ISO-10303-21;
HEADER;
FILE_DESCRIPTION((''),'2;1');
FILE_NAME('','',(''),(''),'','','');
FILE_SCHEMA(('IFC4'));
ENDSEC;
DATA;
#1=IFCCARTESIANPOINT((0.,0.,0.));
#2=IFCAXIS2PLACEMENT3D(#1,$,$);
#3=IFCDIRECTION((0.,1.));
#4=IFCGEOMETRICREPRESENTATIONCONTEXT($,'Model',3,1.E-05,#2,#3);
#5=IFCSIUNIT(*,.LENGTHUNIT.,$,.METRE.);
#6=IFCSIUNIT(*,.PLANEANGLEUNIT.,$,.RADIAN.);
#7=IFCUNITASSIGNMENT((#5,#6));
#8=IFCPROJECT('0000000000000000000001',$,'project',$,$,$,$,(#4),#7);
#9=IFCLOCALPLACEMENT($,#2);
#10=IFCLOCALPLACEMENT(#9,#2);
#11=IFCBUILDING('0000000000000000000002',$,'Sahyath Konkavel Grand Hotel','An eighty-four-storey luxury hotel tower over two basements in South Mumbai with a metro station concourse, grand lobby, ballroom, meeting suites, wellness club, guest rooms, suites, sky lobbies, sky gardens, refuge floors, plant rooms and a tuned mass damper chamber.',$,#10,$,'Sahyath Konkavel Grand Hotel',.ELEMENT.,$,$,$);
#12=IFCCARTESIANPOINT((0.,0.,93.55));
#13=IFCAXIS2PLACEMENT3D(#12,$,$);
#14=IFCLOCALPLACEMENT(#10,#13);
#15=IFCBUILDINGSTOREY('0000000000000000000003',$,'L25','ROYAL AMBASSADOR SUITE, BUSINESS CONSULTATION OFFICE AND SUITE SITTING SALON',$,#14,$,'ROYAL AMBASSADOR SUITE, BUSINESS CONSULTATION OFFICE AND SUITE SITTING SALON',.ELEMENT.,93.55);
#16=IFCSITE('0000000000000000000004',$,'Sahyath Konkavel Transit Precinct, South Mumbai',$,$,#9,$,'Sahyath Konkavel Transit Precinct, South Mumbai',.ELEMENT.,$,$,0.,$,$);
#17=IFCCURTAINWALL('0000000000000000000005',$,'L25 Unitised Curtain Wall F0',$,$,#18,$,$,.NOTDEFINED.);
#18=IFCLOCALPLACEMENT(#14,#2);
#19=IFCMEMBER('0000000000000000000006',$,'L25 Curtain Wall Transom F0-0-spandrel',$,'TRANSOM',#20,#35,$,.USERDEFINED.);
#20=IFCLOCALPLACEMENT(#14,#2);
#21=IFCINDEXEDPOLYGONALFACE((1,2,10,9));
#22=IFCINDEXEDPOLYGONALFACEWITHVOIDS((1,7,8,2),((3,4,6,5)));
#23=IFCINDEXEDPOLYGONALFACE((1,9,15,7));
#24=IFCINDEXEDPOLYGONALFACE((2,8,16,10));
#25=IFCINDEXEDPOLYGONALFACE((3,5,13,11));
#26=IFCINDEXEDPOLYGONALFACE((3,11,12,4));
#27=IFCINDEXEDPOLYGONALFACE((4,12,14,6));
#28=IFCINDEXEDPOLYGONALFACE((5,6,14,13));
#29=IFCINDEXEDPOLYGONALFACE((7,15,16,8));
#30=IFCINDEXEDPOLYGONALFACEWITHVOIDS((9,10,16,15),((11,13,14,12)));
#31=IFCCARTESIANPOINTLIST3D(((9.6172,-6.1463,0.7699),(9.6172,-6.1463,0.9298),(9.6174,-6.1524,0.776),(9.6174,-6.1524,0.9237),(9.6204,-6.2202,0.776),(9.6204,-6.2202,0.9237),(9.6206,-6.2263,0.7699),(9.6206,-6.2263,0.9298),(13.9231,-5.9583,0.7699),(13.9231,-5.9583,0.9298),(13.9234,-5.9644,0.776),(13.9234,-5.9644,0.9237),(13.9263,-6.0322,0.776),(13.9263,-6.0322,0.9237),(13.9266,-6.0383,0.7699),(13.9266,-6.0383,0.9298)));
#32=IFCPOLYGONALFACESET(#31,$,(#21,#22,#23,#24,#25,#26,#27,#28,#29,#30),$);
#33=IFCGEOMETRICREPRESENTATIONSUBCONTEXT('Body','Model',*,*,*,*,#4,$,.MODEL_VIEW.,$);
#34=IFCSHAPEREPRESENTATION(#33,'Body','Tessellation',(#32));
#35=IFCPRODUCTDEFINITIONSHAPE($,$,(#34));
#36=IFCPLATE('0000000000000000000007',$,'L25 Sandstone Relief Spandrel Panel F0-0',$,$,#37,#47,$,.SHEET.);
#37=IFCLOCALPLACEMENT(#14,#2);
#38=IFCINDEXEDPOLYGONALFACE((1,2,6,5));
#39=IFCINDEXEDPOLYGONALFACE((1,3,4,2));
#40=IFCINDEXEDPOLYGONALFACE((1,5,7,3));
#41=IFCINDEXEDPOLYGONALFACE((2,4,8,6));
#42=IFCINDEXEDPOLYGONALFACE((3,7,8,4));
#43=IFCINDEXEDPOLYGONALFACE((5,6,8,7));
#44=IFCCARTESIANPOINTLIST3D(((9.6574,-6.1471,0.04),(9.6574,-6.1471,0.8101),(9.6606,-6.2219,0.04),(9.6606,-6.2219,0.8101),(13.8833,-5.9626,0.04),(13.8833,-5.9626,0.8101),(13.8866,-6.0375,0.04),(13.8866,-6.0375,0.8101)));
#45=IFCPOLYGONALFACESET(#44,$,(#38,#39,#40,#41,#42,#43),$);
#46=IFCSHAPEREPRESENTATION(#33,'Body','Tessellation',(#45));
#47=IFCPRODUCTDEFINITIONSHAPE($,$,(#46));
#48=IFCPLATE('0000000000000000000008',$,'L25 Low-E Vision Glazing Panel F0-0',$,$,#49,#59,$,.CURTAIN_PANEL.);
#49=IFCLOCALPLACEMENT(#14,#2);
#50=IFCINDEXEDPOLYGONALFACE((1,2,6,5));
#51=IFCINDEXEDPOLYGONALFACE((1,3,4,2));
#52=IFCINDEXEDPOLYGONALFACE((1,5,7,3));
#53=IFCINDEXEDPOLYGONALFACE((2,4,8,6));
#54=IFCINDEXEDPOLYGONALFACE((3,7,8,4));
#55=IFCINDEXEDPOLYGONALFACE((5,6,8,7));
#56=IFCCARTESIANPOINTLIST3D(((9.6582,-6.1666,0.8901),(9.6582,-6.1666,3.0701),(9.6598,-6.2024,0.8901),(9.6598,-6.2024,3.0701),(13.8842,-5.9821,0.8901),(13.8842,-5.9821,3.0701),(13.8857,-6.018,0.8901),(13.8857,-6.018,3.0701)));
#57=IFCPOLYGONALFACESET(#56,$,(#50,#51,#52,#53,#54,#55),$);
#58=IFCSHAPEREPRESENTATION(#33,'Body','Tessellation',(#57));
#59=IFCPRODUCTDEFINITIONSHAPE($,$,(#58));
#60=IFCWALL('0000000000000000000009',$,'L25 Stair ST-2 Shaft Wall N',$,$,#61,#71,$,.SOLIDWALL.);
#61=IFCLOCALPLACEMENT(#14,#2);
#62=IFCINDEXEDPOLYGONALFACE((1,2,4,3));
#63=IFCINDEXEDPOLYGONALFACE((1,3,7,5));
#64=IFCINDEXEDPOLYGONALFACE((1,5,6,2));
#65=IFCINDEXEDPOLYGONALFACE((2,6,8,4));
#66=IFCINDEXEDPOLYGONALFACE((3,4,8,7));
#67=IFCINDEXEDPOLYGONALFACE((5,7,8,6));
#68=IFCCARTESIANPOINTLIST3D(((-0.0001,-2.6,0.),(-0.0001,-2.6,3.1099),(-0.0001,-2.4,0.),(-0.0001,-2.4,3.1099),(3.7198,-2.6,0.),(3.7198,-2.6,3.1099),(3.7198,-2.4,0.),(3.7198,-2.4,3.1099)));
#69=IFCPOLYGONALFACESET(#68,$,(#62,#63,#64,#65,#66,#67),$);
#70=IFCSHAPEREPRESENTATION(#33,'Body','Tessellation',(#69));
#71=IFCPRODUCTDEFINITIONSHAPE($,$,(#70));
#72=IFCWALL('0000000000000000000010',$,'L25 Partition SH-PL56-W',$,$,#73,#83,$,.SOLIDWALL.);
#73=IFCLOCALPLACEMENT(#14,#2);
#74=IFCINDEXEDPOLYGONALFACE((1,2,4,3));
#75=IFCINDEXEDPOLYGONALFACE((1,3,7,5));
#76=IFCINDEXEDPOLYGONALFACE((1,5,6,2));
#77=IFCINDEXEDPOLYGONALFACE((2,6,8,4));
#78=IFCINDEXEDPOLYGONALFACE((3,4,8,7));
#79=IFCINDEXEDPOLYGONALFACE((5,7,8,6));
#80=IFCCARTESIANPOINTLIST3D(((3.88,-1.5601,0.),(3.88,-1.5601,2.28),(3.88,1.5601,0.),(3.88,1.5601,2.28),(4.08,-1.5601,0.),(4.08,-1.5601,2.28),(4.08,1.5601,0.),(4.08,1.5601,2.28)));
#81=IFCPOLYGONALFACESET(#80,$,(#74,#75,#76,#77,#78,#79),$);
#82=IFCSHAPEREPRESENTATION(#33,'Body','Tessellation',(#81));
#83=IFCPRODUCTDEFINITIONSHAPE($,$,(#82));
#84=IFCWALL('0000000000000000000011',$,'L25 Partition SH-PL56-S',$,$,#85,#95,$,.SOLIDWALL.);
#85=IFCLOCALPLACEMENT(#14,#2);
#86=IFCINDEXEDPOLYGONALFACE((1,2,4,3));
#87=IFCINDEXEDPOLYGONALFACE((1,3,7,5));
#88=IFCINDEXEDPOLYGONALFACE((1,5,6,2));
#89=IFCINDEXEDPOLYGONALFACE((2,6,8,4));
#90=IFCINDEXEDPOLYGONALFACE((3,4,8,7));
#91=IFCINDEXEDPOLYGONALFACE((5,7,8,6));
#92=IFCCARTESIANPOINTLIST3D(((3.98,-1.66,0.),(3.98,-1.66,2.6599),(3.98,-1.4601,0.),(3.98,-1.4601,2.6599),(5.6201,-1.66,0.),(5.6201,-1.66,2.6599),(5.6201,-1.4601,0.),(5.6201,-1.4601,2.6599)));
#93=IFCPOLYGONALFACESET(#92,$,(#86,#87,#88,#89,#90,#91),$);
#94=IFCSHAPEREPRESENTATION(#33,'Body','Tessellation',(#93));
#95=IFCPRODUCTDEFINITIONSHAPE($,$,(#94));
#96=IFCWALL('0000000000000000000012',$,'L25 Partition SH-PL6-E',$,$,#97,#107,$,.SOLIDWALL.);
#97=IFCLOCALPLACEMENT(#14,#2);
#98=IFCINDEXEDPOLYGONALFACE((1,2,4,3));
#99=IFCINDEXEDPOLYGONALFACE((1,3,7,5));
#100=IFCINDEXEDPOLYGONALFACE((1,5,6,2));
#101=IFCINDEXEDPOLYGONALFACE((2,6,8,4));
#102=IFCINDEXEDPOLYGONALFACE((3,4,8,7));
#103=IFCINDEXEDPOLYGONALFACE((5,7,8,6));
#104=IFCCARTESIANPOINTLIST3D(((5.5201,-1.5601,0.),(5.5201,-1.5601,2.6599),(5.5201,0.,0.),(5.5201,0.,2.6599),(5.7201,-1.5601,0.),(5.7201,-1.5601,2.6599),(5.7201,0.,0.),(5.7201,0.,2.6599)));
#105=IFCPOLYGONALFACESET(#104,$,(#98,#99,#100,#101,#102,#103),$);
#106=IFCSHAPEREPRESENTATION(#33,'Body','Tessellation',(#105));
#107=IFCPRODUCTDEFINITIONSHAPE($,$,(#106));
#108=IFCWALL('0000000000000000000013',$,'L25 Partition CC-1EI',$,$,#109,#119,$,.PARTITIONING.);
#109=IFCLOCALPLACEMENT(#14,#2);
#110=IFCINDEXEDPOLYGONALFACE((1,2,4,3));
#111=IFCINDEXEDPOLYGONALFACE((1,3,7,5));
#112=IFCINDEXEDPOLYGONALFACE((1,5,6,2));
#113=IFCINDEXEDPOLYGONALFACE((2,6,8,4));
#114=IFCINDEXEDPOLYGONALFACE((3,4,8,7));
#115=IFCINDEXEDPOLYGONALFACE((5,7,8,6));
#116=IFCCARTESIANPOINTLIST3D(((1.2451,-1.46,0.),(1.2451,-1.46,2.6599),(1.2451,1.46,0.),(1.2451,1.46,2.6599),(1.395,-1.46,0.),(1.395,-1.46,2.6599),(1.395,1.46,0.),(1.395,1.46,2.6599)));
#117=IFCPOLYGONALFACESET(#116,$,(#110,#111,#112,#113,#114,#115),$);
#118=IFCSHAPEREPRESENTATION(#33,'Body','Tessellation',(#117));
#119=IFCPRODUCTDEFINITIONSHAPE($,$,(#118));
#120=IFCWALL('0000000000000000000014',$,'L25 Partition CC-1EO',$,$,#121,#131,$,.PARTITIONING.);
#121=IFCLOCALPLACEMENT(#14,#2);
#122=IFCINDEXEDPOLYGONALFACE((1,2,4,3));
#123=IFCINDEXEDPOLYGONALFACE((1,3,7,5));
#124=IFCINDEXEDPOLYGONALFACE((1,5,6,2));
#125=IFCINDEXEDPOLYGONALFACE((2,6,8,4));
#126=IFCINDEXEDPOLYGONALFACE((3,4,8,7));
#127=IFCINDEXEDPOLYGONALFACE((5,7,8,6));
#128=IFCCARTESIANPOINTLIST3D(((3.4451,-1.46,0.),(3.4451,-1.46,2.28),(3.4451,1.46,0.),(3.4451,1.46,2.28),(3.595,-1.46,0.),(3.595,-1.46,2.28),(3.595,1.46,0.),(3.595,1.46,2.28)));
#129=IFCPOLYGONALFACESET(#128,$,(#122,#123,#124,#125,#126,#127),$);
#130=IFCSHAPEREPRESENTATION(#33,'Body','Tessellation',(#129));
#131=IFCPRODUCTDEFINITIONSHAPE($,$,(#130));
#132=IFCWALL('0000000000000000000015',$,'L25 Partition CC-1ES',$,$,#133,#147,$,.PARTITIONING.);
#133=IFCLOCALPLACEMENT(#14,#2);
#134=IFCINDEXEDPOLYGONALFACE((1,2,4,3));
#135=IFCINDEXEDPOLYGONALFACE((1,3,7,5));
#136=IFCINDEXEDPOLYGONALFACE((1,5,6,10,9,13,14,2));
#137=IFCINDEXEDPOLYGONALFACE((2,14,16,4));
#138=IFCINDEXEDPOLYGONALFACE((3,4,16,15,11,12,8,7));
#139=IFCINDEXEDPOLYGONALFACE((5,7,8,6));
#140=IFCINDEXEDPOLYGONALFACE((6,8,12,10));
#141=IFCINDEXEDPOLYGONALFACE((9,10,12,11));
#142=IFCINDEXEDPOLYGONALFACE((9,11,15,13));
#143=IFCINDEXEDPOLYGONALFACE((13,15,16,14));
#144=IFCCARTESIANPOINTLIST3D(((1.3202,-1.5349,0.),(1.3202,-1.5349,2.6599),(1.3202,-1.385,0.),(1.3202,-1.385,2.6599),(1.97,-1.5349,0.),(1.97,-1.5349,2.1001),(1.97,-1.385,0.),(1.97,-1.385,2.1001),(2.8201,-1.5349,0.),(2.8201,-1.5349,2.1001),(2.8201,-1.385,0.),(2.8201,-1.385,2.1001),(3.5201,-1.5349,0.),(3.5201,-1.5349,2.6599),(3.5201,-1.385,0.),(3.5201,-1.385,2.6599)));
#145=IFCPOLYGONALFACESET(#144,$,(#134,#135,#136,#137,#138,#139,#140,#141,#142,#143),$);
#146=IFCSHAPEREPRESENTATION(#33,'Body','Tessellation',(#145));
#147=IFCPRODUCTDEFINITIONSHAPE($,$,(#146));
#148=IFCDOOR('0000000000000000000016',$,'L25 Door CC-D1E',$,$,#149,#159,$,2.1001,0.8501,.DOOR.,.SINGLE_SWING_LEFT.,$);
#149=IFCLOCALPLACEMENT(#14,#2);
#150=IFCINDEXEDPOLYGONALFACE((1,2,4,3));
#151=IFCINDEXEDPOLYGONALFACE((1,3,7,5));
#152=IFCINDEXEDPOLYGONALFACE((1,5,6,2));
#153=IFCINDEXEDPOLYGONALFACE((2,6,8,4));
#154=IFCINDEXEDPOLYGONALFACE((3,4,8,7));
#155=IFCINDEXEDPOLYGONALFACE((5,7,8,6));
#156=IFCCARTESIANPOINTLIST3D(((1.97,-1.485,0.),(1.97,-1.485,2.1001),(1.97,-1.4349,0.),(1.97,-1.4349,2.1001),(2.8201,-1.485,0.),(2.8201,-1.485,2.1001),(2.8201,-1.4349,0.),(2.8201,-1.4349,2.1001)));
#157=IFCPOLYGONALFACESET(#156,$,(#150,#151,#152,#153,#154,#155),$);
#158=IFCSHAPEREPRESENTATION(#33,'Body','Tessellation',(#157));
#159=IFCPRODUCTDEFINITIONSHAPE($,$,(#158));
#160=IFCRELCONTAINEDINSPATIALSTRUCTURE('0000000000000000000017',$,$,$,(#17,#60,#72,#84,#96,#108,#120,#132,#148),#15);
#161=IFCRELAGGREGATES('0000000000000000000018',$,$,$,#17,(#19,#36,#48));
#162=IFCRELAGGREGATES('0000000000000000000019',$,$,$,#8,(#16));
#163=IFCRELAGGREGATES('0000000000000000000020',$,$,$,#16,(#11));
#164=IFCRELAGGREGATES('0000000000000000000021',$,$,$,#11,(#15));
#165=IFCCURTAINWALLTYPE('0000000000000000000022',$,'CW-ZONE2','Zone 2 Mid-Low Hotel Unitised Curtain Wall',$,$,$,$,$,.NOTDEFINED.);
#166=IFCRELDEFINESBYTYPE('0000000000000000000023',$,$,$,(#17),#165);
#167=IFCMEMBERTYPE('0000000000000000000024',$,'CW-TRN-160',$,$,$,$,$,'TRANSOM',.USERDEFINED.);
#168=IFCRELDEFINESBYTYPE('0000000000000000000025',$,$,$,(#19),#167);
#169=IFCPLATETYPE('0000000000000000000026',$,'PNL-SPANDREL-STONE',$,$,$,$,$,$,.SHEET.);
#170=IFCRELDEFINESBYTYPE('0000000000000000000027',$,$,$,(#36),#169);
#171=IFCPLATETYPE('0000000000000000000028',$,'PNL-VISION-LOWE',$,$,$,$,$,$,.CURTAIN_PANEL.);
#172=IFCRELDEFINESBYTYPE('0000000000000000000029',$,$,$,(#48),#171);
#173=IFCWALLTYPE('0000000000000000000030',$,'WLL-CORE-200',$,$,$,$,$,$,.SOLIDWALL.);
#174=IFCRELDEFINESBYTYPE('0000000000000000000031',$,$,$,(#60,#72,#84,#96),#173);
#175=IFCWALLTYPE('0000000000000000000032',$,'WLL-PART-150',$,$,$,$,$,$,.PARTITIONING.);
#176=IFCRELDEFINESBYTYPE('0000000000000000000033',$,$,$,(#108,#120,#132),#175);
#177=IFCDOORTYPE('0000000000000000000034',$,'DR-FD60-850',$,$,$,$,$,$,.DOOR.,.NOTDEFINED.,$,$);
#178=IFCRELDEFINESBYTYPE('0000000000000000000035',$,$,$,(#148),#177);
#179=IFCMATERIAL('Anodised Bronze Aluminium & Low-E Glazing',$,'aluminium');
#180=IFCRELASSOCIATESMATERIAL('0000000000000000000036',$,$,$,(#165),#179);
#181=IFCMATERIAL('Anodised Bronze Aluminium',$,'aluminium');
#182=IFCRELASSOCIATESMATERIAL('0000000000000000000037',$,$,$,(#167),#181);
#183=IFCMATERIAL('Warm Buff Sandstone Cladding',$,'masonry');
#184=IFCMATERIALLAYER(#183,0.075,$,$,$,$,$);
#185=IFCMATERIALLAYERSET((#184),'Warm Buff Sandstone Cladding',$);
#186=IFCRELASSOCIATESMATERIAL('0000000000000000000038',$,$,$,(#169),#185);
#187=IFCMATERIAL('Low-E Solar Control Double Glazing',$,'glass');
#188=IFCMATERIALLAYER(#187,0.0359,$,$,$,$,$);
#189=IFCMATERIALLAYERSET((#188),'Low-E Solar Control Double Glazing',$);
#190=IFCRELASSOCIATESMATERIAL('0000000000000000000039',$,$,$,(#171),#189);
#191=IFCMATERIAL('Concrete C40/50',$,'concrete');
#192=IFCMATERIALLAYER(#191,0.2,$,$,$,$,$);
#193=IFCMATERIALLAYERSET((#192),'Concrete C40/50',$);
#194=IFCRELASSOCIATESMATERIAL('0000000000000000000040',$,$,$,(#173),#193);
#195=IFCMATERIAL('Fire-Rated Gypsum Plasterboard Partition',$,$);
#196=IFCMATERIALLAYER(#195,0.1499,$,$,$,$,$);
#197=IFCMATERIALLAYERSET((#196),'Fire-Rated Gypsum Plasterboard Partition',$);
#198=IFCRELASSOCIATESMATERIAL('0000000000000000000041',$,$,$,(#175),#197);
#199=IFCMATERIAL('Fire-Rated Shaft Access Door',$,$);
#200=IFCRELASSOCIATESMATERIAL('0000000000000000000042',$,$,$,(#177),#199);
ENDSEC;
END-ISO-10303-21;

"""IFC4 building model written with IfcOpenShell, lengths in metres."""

from ifc_helpers import new_model, si_unit, direction, frame, frame_2d, origin, origin_2d, place, context, subcontext, project, spatial, rectangle, hollow_rectangle, extrude, source, transform, mapped, material, layer, layer_set, material_profile, profile_set, type_object, element, fill, aggregate, save


model = new_model("IFC4")

# Units and contexts
model_context = context("Model", 3, precision=1e-05, world=origin(), true_north=direction((0.0, 1.0)))
body_context = subcontext(model_context, "Body", "Model", "MODEL_VIEW")
ifc_project = project(units=[si_unit("LENGTHUNIT", "METRE"), si_unit("PLANEANGLEUNIT", "RADIAN")], contexts=[model_context])

# Site, building, storey
site_placement = place(None, origin())
site = spatial("IfcSite", under=ifc_project, at=site_placement, Name="Sahyath Konkavel Transit Precinct, South Mumbai", LongName="Sahyath Konkavel Transit Precinct, South Mumbai", CompositionType="ELEMENT", RefElevation=0.0)
building_placement = place(site_placement, origin())
building = spatial("IfcBuilding", under=site, at=building_placement, Name="Sahyath Konkavel Grand Hotel", Description="An eighty-four-storey luxury hotel tower over two basements in South Mumbai with a metro station concourse, grand lobby, ballroom, meeting suites, wellness club, guest rooms, suites, sky lobbies, sky gardens, refuge floors, plant rooms and a tuned mass damper chamber.", LongName="Sahyath Konkavel Grand Hotel", CompositionType="ELEMENT")
storey_placement = place(building_placement, frame((0.0, 0.0, 93.55)))
storey = spatial("IfcBuildingStorey", under=building, at=storey_placement, Name="L25", Description="ROYAL AMBASSADOR SUITE, BUSINESS CONSULTATION OFFICE AND SUITE SITTING SALON", LongName="ROYAL AMBASSADOR SUITE, BUSINESS CONSULTATION OFFICE AND SUITE SITTING SALON", CompositionType="ELEMENT", Elevation=93.55)

# Curtain wall, member, plates
ifc_material_1 = material(Name="Anodised Bronze Aluminium & Low-E Glazing", Category="aluminium")
curtain_wall_type = type_object("IfcCurtainWallType", Name="CW-ZONE2", Description="Zone 2 Mid-Low Hotel Unitised Curtain Wall", PredefinedType="NOTDEFINED", material=ifc_material_1)
curtain_wall_placement = place(storey_placement, origin())
curtain_wall = element("IfcCurtainWall", 1, at=curtain_wall_placement, inside=storey, type_object=curtain_wall_type, Name="L25 Unitised Curtain Wall F0", PredefinedType="NOTDEFINED")
ifc_material_2 = material(Name="Anodised Bronze Aluminium", Category="aluminium")
ifc_material_profile_1 = material_profile(ifc_material_2, hollow_rectangle(XDim=0.0801, YDim=0.1599, WallThickness=0.0061, at=origin_2d()), Name="RHS 160x80x6")
ifc_profile_set_1 = profile_set([ifc_material_profile_1], Name="Anodised Bronze Aluminium")
member_type_1 = type_object("IfcMemberType", Name="CW-TRN-160", ElementType="TRANSOM", PredefinedType="USERDEFINED", material=ifc_profile_set_1)
shared_shape_1 = source(origin(), body_context, "Body", "SweptSolid", [
    extrude(hollow_rectangle(XDim=0.0801, YDim=0.1599, WallThickness=0.0061, at=origin_2d()), origin(), (0.0, 0.0, 1.0), 4.3101),
])
member_1_placement = place(storey_placement, frame((9.6189, -6.1863, 0.8499), z_axis=(0.999048, 0.043617, 0.0), x_axis=(-0.043617, 0.999048, 0.0)))
member_1 = element("IfcMember", 2, at=member_1_placement, type_object=member_type_1, Name="L25 Curtain Wall Transom F0-0-spandrel", ObjectType="TRANSOM", PredefinedType="USERDEFINED", context=body_context, shape_type="MappedRepresentation", body=[
    mapped(shared_shape_1, transform((0.0, 0.0, 0.0), scale=1.0)),
])
ifc_material_3 = material(Name="Warm Buff Sandstone Cladding", Category="masonry")
ifc_layer_1 = layer(ifc_material_3, 0.075)
ifc_layer_set_1 = layer_set([ifc_layer_1], Name="Warm Buff Sandstone Cladding")
plate_type_1 = type_object("IfcPlateType", Name="PNL-SPANDREL-STONE", PredefinedType="SHEET", material=ifc_layer_set_1)
shared_shape_2 = source(origin(), body_context, "Body", "SweptSolid", [
    extrude(rectangle(XDim=4.23, YDim=0.075, at=origin_2d()), origin(), (0.0, 0.0, 1.0), 0.77),
])
plate_1_placement = place(storey_placement, frame((11.772, -6.0923, 0.04), z_axis=(0.0, 0.0, 1.0), x_axis=(0.999049, 0.043602, 0.0)))
plate_1 = element("IfcPlate", 3, at=plate_1_placement, type_object=plate_type_1, Name="L25 Sandstone Relief Spandrel Panel F0-0", PredefinedType="SHEET", context=body_context, shape_type="MappedRepresentation", body=[
    mapped(shared_shape_2, transform((0.0, 0.0, 0.0), scale=1.0)),
])
ifc_material_4 = material(Name="Low-E Solar Control Double Glazing", Category="glass")
ifc_layer_2 = layer(ifc_material_4, 0.0359)
ifc_layer_set_2 = layer_set([ifc_layer_2], Name="Low-E Solar Control Double Glazing")
plate_type_2 = type_object("IfcPlateType", Name="PNL-VISION-LOWE", PredefinedType="CURTAIN_PANEL", material=ifc_layer_set_2)
shared_shape_3 = source(origin(), body_context, "Body", "SweptSolid", [
    extrude(rectangle(XDim=4.23, YDim=0.0359, at=origin_2d()), origin(), (0.0, 0.0, 1.0), 2.1799),
])
plate_2_placement = place(storey_placement, frame((11.772, -6.0923, 0.8901), z_axis=(0.0, 0.0, 1.0), x_axis=(0.999049, 0.043602, 0.0)))
plate_2 = element("IfcPlate", 4, at=plate_2_placement, type_object=plate_type_2, Name="L25 Low-E Vision Glazing Panel F0-0", PredefinedType="CURTAIN_PANEL", context=body_context, shape_type="MappedRepresentation", body=[
    mapped(shared_shape_3, transform((0.0, 0.0, 0.0), scale=1.0)),
])
aggregate(curtain_wall, [member_1, plate_1, plate_2])

# Walls
ifc_material_5 = material(Name="Concrete C40/50", Category="concrete")
ifc_layer_3 = layer(ifc_material_5, 0.2)
ifc_layer_set_3 = layer_set([ifc_layer_3], Name="Concrete C40/50")
wall_type_1 = type_object("IfcWallType", Name="WLL-CORE-200", PredefinedType="SOLIDWALL", material=ifc_layer_set_3)
wall_1_placement = place(storey_placement, frame((0.0, -2.5, 0.0), z_axis=(0.0, 0.0, 1.0), x_axis=(1.0, 0.0, 0.0)))
element("IfcWall", 5, at=wall_1_placement, inside=storey, type_object=wall_type_1, Name="L25 Stair ST-2 Shaft Wall N", PredefinedType="SOLIDWALL", context=body_context, shape_type="SweptSolid", body=[
    extrude(rectangle(XDim=3.72, YDim=0.2, at=frame_2d((1.8599, 0.0))), origin(), (0.0, 0.0, 1.0), 3.1099),
])
wall_2_placement = place(storey_placement, frame((3.98, -1.5601, 0.0), z_axis=(0.0, 0.0, 1.0), x_axis=(0.0, 1.0, 0.0)))
element("IfcWall", 6, at=wall_2_placement, inside=storey, type_object=wall_type_1, Name="L25 Partition SH-PL56-W", PredefinedType="SOLIDWALL", context=body_context, shape_type="SweptSolid", body=[
    extrude(rectangle(XDim=3.1201, YDim=0.2, at=frame_2d((1.5601, 0.0))), origin(), (0.0, 0.0, 1.0), 2.28),
])
wall_3_placement = place(storey_placement, frame((3.98, -1.5601, 0.0), z_axis=(0.0, 0.0, 1.0), x_axis=(1.0, 0.0, 0.0)))
element("IfcWall", 7, at=wall_3_placement, inside=storey, type_object=wall_type_1, Name="L25 Partition SH-PL56-S", PredefinedType="SOLIDWALL", context=body_context, shape_type="SweptSolid", body=[
    extrude(rectangle(XDim=1.6401, YDim=0.2, at=frame_2d((0.8201, 0.0))), origin(), (0.0, 0.0, 1.0), 2.6599),
])
wall_4_placement = place(storey_placement, frame((5.6201, -1.5601, 0.0), z_axis=(0.0, 0.0, 1.0), x_axis=(0.0, 1.0, 0.0)))
element("IfcWall", 8, at=wall_4_placement, inside=storey, type_object=wall_type_1, Name="L25 Partition SH-PL6-E", PredefinedType="SOLIDWALL", context=body_context, shape_type="SweptSolid", body=[
    extrude(rectangle(XDim=1.5601, YDim=0.2, at=frame_2d((0.78, 0.0))), origin(), (0.0, 0.0, 1.0), 2.6599),
])
ifc_material_6 = material(Name="Fire-Rated Gypsum Plasterboard Partition")
ifc_layer_4 = layer(ifc_material_6, 0.1499)
ifc_layer_set_4 = layer_set([ifc_layer_4], Name="Fire-Rated Gypsum Plasterboard Partition")
wall_type_2 = type_object("IfcWallType", Name="WLL-PART-150", PredefinedType="PARTITIONING", material=ifc_layer_set_4)
wall_5_placement = place(storey_placement, frame((1.3201, -1.46, 0.0), z_axis=(0.0, 0.0, 1.0), x_axis=(0.0, 1.0, 0.0)))
element("IfcWall", 9, at=wall_5_placement, inside=storey, type_object=wall_type_2, Name="L25 Partition CC-1EI", PredefinedType="PARTITIONING", context=body_context, shape_type="SweptSolid", body=[
    extrude(rectangle(XDim=2.9199, YDim=0.1499, at=frame_2d((1.46, 0.0))), origin(), (0.0, 0.0, 1.0), 2.6599),
])
wall_6_placement = place(storey_placement, frame((3.52, -1.46, 0.0), z_axis=(0.0, 0.0, 1.0), x_axis=(0.0, 1.0, 0.0)))
element("IfcWall", 10, at=wall_6_placement, inside=storey, type_object=wall_type_2, Name="L25 Partition CC-1EO", PredefinedType="PARTITIONING", context=body_context, shape_type="SweptSolid", body=[
    extrude(rectangle(XDim=2.9199, YDim=0.1499, at=frame_2d((1.46, 0.0))), origin(), (0.0, 0.0, 1.0), 2.28),
])

# Wall, opening, door
wall_7_placement = place(storey_placement, frame((1.3201, -1.46, 0.0), z_axis=(0.0, 0.0, 1.0), x_axis=(1.0, 0.0, 0.0)))
wall_7 = element("IfcWall", 11, at=wall_7_placement, inside=storey, type_object=wall_type_2, Name="L25 Partition CC-1ES", PredefinedType="PARTITIONING", context=body_context, shape_type="SweptSolid", body=[
    extrude(rectangle(XDim=2.2, YDim=0.1499, at=frame_2d((1.1001, 0.0))), origin(), (0.0, 0.0, 1.0), 2.6599),
])
opening_placement = place(wall_7_placement, frame((0.6499, 0.0, 0.0)))
opening = element("IfcOpeningElement", 12, at=opening_placement, cuts=wall_7, PredefinedType="OPENING", context=body_context, shape_type="SweptSolid", body=[
    extrude(rectangle(XDim=0.8501, YDim=2.1001, at=frame_2d((0.425, 1.05))), frame((0.0, 0.085, 0.0), z_axis=(0.0, -1.0, 0.0), x_axis=(1.0, 0.0, 0.0)), (0.0, 0.0, 1.0), 0.1699),
])
ifc_material_7 = material(Name="Fire-Rated Shaft Access Door")
door_type = type_object("IfcDoorType", Name="DR-FD60-850", OperationType="NOTDEFINED", PredefinedType="DOOR", material=ifc_material_7)
shared_shape_4 = source(origin(), body_context, "Body", "SweptSolid", [
    extrude(rectangle(XDim=0.8501, YDim=0.05, at=origin_2d()), origin(), (0.0, 0.0, 1.0), 2.1001),
])
door_placement = place(opening_placement, frame((0.425, 0.0, 0.0)))
door = element("IfcDoor", 13, at=door_placement, inside=storey, type_object=door_type, Name="L25 Door CC-D1E", OperationType="SINGLE_SWING_LEFT", OverallHeight=2.1001, OverallWidth=0.8501, PredefinedType="DOOR", context=body_context, shape_type="MappedRepresentation", body=[
    mapped(shared_shape_4, transform((0.0, 0.0, 0.0), scale=1.0)),
])
fill(opening, door)

save(model, "model.ifc")
